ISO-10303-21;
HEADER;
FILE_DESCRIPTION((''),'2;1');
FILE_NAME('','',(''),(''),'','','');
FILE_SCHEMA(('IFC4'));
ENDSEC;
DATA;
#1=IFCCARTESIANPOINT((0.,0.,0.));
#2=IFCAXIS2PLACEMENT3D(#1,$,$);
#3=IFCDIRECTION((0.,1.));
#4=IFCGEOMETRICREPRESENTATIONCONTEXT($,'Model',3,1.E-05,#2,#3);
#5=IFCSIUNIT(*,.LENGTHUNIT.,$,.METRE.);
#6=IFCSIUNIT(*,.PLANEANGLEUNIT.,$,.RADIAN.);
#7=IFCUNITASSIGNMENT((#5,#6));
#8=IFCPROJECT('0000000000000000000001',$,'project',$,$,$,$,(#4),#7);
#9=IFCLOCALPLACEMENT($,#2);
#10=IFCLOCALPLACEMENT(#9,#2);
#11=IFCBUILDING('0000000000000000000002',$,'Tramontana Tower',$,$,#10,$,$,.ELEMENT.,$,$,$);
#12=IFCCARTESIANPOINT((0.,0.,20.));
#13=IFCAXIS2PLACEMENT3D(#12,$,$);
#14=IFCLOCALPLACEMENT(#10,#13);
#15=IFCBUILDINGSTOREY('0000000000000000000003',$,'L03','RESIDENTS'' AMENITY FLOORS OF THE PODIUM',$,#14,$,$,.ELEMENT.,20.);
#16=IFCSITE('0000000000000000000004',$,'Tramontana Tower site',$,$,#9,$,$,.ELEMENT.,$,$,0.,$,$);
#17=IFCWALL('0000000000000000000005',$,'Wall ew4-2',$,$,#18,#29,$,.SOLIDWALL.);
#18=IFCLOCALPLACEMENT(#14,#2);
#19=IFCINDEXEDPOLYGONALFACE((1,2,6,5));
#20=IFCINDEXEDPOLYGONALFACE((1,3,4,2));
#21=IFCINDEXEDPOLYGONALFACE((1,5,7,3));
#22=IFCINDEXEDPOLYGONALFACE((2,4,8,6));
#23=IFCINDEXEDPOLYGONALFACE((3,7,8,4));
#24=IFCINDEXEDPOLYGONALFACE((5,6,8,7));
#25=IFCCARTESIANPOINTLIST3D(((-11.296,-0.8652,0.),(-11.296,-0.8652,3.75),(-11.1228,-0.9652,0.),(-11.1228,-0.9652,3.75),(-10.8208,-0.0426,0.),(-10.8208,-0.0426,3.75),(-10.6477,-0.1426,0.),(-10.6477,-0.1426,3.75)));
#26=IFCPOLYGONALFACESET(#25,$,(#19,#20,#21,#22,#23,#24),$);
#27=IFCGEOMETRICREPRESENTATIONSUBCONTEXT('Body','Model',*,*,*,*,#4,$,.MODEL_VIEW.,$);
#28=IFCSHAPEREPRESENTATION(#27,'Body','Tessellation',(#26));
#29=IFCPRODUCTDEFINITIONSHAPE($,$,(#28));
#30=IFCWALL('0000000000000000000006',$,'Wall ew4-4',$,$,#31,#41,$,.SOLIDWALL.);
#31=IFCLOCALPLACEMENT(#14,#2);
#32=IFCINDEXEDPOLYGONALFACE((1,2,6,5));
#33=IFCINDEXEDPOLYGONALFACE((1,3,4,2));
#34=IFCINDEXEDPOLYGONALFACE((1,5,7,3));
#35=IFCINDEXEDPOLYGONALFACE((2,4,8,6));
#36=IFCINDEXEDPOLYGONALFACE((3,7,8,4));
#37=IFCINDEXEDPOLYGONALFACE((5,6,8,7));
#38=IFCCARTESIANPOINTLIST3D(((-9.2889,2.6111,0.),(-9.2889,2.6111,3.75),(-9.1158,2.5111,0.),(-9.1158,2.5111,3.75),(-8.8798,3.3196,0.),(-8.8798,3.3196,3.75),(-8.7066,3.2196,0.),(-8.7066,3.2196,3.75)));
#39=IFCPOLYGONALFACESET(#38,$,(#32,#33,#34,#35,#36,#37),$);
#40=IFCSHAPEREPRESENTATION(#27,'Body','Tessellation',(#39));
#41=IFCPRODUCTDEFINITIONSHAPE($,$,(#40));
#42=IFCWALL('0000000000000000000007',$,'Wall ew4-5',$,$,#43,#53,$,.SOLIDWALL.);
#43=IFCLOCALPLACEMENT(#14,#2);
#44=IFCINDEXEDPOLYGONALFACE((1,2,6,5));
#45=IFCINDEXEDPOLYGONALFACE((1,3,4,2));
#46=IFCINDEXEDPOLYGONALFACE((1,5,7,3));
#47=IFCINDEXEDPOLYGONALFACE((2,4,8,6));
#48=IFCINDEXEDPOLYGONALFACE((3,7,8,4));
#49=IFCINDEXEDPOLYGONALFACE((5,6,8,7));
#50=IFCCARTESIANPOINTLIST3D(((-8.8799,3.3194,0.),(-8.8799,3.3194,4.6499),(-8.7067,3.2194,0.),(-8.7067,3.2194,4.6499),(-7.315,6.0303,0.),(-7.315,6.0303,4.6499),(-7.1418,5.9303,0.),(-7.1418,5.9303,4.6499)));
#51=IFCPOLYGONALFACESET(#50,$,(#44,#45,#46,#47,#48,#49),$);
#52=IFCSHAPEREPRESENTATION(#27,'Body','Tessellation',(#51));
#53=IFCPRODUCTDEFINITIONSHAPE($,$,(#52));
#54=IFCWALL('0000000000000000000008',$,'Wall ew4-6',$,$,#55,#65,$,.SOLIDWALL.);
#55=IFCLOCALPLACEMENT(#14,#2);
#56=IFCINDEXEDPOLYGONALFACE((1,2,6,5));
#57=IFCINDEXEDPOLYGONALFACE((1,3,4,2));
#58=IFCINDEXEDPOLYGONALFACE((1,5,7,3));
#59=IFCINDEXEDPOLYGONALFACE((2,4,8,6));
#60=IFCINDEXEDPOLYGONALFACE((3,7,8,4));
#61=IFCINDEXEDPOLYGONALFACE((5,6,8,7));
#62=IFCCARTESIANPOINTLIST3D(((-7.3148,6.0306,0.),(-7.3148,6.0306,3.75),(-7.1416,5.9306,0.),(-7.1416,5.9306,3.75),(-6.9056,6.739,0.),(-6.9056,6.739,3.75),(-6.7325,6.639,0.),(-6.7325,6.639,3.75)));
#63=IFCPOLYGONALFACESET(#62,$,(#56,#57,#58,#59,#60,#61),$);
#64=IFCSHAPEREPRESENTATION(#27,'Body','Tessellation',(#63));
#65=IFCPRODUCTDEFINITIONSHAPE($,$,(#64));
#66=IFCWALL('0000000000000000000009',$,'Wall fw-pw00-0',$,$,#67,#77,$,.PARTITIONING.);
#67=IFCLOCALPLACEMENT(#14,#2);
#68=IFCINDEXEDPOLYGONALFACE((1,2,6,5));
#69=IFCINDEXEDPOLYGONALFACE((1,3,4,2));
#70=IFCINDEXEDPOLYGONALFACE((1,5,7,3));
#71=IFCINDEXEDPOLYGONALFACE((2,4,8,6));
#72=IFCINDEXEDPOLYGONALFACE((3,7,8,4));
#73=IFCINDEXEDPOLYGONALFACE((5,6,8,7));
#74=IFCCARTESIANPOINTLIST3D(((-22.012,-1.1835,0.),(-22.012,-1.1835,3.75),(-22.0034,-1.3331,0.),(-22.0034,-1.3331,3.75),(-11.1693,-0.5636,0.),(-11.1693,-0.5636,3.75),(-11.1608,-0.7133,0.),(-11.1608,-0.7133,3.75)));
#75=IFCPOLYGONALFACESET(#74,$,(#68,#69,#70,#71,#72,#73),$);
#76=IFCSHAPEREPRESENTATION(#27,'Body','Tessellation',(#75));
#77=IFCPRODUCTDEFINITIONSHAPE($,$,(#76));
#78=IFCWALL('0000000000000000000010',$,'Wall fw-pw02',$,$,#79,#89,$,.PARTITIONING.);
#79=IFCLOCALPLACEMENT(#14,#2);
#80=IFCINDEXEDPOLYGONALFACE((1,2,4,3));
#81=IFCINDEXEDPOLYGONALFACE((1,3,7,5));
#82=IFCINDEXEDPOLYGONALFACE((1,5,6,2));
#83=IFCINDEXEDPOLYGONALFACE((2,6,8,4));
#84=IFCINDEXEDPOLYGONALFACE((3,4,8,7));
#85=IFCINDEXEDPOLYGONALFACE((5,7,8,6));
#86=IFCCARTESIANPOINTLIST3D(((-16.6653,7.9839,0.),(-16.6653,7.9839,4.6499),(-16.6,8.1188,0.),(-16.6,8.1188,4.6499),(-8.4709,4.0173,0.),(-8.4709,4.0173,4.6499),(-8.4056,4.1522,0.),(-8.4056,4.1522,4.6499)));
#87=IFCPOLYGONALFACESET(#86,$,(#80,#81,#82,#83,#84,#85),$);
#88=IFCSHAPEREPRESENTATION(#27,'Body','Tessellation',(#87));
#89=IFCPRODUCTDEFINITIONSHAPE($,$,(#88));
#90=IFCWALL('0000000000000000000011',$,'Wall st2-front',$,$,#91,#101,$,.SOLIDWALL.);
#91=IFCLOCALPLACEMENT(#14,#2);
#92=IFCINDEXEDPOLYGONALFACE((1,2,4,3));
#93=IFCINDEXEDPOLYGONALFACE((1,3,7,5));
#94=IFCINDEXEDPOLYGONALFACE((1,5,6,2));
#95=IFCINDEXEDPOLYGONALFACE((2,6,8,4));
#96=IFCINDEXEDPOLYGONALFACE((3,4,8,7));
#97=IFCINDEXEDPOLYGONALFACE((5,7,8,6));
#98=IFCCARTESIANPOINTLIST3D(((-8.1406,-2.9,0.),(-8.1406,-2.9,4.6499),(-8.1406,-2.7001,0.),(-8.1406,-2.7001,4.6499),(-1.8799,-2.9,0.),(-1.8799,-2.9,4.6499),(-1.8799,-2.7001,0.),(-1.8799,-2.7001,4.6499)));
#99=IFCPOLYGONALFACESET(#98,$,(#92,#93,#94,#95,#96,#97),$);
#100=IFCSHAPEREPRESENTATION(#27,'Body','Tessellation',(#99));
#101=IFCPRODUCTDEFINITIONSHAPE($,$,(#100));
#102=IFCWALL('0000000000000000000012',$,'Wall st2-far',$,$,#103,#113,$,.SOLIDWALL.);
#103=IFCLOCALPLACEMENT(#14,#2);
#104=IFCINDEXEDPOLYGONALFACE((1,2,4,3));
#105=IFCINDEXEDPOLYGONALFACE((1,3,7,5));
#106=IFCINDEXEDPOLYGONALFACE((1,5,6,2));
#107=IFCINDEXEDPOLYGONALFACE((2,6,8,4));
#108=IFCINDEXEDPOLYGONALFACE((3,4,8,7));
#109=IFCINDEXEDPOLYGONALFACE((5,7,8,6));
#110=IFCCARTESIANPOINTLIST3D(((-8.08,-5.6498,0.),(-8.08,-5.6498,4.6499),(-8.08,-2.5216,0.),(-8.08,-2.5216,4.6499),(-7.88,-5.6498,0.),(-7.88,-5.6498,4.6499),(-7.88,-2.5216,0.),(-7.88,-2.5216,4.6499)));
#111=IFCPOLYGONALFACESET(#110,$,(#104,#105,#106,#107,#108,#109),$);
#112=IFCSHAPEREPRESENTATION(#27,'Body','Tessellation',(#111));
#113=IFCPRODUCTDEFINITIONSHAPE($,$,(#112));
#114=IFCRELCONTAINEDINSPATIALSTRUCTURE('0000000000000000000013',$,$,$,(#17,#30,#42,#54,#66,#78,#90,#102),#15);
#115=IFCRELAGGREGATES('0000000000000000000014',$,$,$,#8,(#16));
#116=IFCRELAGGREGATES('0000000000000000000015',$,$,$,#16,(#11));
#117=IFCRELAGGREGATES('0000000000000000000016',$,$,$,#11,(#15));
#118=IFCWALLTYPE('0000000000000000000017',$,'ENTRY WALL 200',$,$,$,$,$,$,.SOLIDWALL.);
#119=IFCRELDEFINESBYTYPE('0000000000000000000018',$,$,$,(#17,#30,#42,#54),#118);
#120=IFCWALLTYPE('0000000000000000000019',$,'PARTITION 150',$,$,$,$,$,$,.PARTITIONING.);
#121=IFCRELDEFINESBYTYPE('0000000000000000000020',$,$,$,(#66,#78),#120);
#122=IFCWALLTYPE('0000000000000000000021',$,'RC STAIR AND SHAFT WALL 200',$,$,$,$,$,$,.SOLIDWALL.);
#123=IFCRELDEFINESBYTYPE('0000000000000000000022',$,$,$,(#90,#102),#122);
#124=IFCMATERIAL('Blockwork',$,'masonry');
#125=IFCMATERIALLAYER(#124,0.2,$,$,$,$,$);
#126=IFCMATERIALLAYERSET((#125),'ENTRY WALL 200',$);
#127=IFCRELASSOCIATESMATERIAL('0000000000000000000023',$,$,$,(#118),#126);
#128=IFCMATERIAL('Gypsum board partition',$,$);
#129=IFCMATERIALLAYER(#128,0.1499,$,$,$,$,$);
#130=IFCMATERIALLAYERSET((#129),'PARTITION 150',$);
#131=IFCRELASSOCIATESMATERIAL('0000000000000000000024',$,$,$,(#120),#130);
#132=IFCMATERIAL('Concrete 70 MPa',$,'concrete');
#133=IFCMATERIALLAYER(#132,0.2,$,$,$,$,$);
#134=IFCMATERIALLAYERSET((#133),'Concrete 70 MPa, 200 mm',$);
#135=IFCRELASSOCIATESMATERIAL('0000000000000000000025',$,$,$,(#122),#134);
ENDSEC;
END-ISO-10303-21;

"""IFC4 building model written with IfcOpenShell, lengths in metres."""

from ifc_helpers import new_model, si_unit, direction, frame, frame_2d, origin, place, context, subcontext, project, spatial, rectangle, extrude, material, layer, layer_set, type_object, element, save


model = new_model("IFC4")

# Units and contexts
model_context = context("Model", 3, precision=1e-05, world=origin(), true_north=direction((0.0, 1.0)))
body_context = subcontext(model_context, "Body", "Model", "MODEL_VIEW")
ifc_project = project(units=[si_unit("LENGTHUNIT", "METRE"), si_unit("PLANEANGLEUNIT", "RADIAN")], contexts=[model_context])

# Site, building, storey
site_placement = place(None, origin())
site = spatial("IfcSite", under=ifc_project, at=site_placement, Name="Tramontana Tower site", CompositionType="ELEMENT", RefElevation=0.0)
building_placement = place(site_placement, origin())
building = spatial("IfcBuilding", under=site, at=building_placement, Name="Tramontana Tower", CompositionType="ELEMENT")
storey_placement = place(building_placement, frame((0.0, 0.0, 20.0)))
storey = spatial("IfcBuildingStorey", under=building, at=storey_placement, Name="L03", Description="RESIDENTS' AMENITY FLOORS OF THE PODIUM", CompositionType="ELEMENT", Elevation=20.0)

# Wall
ifc_material_1 = material(Name="Blockwork", Category="masonry")
ifc_layer_1 = layer(ifc_material_1, 0.2)
ifc_layer_set_1 = layer_set([ifc_layer_1], Name="ENTRY WALL 200")
wall_type_1 = type_object("IfcWallType", Name="ENTRY WALL 200", PredefinedType="SOLIDWALL", material=ifc_layer_set_1)
wall_1_placement = place(storey_placement, frame((-11.2095, -0.9153, 0.0), z_axis=(0.0, 0.0, 1.0), x_axis=(0.500175, 0.865924, 0.0)))
element("IfcWall", 1, at=wall_1_placement, inside=storey, type_object=wall_type_1, Name="Wall ew4-2", PredefinedType="SOLIDWALL", context=body_context, shape_type="SweptSolid", body=[
    extrude(rectangle(XDim=0.95, YDim=0.2, at=frame_2d((0.4751, 0.0))), origin(), (0.0, 0.0, 1.0), 3.75),
])

# Walls
wall_2_placement = place(storey_placement, frame((-9.2024, 2.561, 0.0), z_axis=(0.0, 0.0, 1.0), x_axis=(0.500119, 0.865957, 0.0)))
element("IfcWall", 2, at=wall_2_placement, inside=storey, type_object=wall_type_1, Name="Wall ew4-4", PredefinedType="SOLIDWALL", context=body_context, shape_type="SweptSolid", body=[
    extrude(rectangle(XDim=0.8181, YDim=0.2, at=frame_2d((0.4092, 0.0))), origin(), (0.0, 0.0, 1.0), 3.75),
])
wall_3_placement = place(storey_placement, frame((-8.7932, 3.2695, 0.0), z_axis=(0.0, 0.0, 1.0), x_axis=(0.499948, 0.866056, 0.0)))
element("IfcWall", 3, at=wall_3_placement, inside=storey, type_object=wall_type_1, Name="Wall ew4-5", PredefinedType="SOLIDWALL", context=body_context, shape_type="SweptSolid", body=[
    extrude(rectangle(XDim=3.1301, YDim=0.2, at=frame_2d((1.5649, 0.0))), origin(), (0.0, 0.0, 1.0), 4.6499),
])
wall_4_placement = place(storey_placement, frame((-7.2283, 5.9805, 0.0), z_axis=(0.0, 0.0, 1.0), x_axis=(0.500119, 0.865957, 0.0)))
element("IfcWall", 4, at=wall_4_placement, inside=storey, type_object=wall_type_1, Name="Wall ew4-6", PredefinedType="SOLIDWALL", context=body_context, shape_type="SweptSolid", body=[
    extrude(rectangle(XDim=0.8181, YDim=0.2, at=frame_2d((0.4092, 0.0))), origin(), (0.0, 0.0, 1.0), 3.75),
])

# Walls
ifc_material_2 = material(Name="Gypsum board partition")
ifc_layer_2 = layer(ifc_material_2, 0.1499)
ifc_layer_set_2 = layer_set([ifc_layer_2], Name="PARTITION 150")
wall_type_2 = type_object("IfcWallType", Name="PARTITION 150", PredefinedType="PARTITIONING", material=ifc_layer_set_2)
wall_5_placement = place(storey_placement, frame((-11.165, -0.6384, 0.0), z_axis=(0.0, 0.0, 1.0), x_axis=(-0.99837, -0.057077, 0.0)))
element("IfcWall", 5, at=wall_5_placement, inside=storey, type_object=wall_type_2, Name="Wall fw-pw00-0", PredefinedType="PARTITIONING", context=body_context, shape_type="SweptSolid", body=[
    extrude(rectangle(XDim=10.8604, YDim=0.1499, at=frame_2d((5.4302, 0.0))), origin(), (0.0, 0.0, 1.0), 3.75),
])
wall_6_placement = place(storey_placement, frame((-8.4382, 4.0847, 0.0), z_axis=(0.0, 0.0, 1.0), x_axis=(-0.900092, 0.435699, 0.0)))
element("IfcWall", 6, at=wall_6_placement, inside=storey, type_object=wall_type_2, Name="Wall fw-pw02", PredefinedType="PARTITIONING", context=body_context, shape_type="SweptSolid", body=[
    extrude(rectangle(XDim=9.104, YDim=0.1499, at=frame_2d((4.552, 0.0))), origin(), (0.0, 0.0, 1.0), 4.6499),
])
ifc_material_3 = material(Name="Concrete 70 MPa", Category="concrete")
ifc_layer_3 = layer(ifc_material_3, 0.2)
ifc_layer_set_3 = layer_set([ifc_layer_3], Name="Concrete 70 MPa, 200 mm")
wall_type_3 = type_object("IfcWallType", Name="RC STAIR AND SHAFT WALL 200", PredefinedType="SOLIDWALL", material=ifc_layer_set_3)
wall_7_placement = place(storey_placement, frame((-8.1406, -2.8, 0.0), z_axis=(0.0, 0.0, 1.0), x_axis=(1.0, 0.0, 0.0)))
element("IfcWall", 7, at=wall_7_placement, inside=storey, type_object=wall_type_3, Name="Wall st2-front", PredefinedType="SOLIDWALL", context=body_context, shape_type="SweptSolid", body=[
    extrude(rectangle(XDim=6.2607, YDim=0.2, at=frame_2d((3.1304, 0.0))), origin(), (0.0, 0.0, 1.0), 4.6499),
])
wall_8_placement = place(storey_placement, frame((-7.98, -2.5217, 0.0), z_axis=(0.0, 0.0, 1.0), x_axis=(0.0, -1.0, 0.0)))
element("IfcWall", 8, at=wall_8_placement, inside=storey, type_object=wall_type_3, Name="Wall st2-far", PredefinedType="SOLIDWALL", context=body_context, shape_type="SweptSolid", body=[
    extrude(rectangle(XDim=3.1282, YDim=0.2, at=frame_2d((1.564, 0.0))), origin(), (0.0, 0.0, 1.0), 4.6499),
])

save(model, "model.ifc")
